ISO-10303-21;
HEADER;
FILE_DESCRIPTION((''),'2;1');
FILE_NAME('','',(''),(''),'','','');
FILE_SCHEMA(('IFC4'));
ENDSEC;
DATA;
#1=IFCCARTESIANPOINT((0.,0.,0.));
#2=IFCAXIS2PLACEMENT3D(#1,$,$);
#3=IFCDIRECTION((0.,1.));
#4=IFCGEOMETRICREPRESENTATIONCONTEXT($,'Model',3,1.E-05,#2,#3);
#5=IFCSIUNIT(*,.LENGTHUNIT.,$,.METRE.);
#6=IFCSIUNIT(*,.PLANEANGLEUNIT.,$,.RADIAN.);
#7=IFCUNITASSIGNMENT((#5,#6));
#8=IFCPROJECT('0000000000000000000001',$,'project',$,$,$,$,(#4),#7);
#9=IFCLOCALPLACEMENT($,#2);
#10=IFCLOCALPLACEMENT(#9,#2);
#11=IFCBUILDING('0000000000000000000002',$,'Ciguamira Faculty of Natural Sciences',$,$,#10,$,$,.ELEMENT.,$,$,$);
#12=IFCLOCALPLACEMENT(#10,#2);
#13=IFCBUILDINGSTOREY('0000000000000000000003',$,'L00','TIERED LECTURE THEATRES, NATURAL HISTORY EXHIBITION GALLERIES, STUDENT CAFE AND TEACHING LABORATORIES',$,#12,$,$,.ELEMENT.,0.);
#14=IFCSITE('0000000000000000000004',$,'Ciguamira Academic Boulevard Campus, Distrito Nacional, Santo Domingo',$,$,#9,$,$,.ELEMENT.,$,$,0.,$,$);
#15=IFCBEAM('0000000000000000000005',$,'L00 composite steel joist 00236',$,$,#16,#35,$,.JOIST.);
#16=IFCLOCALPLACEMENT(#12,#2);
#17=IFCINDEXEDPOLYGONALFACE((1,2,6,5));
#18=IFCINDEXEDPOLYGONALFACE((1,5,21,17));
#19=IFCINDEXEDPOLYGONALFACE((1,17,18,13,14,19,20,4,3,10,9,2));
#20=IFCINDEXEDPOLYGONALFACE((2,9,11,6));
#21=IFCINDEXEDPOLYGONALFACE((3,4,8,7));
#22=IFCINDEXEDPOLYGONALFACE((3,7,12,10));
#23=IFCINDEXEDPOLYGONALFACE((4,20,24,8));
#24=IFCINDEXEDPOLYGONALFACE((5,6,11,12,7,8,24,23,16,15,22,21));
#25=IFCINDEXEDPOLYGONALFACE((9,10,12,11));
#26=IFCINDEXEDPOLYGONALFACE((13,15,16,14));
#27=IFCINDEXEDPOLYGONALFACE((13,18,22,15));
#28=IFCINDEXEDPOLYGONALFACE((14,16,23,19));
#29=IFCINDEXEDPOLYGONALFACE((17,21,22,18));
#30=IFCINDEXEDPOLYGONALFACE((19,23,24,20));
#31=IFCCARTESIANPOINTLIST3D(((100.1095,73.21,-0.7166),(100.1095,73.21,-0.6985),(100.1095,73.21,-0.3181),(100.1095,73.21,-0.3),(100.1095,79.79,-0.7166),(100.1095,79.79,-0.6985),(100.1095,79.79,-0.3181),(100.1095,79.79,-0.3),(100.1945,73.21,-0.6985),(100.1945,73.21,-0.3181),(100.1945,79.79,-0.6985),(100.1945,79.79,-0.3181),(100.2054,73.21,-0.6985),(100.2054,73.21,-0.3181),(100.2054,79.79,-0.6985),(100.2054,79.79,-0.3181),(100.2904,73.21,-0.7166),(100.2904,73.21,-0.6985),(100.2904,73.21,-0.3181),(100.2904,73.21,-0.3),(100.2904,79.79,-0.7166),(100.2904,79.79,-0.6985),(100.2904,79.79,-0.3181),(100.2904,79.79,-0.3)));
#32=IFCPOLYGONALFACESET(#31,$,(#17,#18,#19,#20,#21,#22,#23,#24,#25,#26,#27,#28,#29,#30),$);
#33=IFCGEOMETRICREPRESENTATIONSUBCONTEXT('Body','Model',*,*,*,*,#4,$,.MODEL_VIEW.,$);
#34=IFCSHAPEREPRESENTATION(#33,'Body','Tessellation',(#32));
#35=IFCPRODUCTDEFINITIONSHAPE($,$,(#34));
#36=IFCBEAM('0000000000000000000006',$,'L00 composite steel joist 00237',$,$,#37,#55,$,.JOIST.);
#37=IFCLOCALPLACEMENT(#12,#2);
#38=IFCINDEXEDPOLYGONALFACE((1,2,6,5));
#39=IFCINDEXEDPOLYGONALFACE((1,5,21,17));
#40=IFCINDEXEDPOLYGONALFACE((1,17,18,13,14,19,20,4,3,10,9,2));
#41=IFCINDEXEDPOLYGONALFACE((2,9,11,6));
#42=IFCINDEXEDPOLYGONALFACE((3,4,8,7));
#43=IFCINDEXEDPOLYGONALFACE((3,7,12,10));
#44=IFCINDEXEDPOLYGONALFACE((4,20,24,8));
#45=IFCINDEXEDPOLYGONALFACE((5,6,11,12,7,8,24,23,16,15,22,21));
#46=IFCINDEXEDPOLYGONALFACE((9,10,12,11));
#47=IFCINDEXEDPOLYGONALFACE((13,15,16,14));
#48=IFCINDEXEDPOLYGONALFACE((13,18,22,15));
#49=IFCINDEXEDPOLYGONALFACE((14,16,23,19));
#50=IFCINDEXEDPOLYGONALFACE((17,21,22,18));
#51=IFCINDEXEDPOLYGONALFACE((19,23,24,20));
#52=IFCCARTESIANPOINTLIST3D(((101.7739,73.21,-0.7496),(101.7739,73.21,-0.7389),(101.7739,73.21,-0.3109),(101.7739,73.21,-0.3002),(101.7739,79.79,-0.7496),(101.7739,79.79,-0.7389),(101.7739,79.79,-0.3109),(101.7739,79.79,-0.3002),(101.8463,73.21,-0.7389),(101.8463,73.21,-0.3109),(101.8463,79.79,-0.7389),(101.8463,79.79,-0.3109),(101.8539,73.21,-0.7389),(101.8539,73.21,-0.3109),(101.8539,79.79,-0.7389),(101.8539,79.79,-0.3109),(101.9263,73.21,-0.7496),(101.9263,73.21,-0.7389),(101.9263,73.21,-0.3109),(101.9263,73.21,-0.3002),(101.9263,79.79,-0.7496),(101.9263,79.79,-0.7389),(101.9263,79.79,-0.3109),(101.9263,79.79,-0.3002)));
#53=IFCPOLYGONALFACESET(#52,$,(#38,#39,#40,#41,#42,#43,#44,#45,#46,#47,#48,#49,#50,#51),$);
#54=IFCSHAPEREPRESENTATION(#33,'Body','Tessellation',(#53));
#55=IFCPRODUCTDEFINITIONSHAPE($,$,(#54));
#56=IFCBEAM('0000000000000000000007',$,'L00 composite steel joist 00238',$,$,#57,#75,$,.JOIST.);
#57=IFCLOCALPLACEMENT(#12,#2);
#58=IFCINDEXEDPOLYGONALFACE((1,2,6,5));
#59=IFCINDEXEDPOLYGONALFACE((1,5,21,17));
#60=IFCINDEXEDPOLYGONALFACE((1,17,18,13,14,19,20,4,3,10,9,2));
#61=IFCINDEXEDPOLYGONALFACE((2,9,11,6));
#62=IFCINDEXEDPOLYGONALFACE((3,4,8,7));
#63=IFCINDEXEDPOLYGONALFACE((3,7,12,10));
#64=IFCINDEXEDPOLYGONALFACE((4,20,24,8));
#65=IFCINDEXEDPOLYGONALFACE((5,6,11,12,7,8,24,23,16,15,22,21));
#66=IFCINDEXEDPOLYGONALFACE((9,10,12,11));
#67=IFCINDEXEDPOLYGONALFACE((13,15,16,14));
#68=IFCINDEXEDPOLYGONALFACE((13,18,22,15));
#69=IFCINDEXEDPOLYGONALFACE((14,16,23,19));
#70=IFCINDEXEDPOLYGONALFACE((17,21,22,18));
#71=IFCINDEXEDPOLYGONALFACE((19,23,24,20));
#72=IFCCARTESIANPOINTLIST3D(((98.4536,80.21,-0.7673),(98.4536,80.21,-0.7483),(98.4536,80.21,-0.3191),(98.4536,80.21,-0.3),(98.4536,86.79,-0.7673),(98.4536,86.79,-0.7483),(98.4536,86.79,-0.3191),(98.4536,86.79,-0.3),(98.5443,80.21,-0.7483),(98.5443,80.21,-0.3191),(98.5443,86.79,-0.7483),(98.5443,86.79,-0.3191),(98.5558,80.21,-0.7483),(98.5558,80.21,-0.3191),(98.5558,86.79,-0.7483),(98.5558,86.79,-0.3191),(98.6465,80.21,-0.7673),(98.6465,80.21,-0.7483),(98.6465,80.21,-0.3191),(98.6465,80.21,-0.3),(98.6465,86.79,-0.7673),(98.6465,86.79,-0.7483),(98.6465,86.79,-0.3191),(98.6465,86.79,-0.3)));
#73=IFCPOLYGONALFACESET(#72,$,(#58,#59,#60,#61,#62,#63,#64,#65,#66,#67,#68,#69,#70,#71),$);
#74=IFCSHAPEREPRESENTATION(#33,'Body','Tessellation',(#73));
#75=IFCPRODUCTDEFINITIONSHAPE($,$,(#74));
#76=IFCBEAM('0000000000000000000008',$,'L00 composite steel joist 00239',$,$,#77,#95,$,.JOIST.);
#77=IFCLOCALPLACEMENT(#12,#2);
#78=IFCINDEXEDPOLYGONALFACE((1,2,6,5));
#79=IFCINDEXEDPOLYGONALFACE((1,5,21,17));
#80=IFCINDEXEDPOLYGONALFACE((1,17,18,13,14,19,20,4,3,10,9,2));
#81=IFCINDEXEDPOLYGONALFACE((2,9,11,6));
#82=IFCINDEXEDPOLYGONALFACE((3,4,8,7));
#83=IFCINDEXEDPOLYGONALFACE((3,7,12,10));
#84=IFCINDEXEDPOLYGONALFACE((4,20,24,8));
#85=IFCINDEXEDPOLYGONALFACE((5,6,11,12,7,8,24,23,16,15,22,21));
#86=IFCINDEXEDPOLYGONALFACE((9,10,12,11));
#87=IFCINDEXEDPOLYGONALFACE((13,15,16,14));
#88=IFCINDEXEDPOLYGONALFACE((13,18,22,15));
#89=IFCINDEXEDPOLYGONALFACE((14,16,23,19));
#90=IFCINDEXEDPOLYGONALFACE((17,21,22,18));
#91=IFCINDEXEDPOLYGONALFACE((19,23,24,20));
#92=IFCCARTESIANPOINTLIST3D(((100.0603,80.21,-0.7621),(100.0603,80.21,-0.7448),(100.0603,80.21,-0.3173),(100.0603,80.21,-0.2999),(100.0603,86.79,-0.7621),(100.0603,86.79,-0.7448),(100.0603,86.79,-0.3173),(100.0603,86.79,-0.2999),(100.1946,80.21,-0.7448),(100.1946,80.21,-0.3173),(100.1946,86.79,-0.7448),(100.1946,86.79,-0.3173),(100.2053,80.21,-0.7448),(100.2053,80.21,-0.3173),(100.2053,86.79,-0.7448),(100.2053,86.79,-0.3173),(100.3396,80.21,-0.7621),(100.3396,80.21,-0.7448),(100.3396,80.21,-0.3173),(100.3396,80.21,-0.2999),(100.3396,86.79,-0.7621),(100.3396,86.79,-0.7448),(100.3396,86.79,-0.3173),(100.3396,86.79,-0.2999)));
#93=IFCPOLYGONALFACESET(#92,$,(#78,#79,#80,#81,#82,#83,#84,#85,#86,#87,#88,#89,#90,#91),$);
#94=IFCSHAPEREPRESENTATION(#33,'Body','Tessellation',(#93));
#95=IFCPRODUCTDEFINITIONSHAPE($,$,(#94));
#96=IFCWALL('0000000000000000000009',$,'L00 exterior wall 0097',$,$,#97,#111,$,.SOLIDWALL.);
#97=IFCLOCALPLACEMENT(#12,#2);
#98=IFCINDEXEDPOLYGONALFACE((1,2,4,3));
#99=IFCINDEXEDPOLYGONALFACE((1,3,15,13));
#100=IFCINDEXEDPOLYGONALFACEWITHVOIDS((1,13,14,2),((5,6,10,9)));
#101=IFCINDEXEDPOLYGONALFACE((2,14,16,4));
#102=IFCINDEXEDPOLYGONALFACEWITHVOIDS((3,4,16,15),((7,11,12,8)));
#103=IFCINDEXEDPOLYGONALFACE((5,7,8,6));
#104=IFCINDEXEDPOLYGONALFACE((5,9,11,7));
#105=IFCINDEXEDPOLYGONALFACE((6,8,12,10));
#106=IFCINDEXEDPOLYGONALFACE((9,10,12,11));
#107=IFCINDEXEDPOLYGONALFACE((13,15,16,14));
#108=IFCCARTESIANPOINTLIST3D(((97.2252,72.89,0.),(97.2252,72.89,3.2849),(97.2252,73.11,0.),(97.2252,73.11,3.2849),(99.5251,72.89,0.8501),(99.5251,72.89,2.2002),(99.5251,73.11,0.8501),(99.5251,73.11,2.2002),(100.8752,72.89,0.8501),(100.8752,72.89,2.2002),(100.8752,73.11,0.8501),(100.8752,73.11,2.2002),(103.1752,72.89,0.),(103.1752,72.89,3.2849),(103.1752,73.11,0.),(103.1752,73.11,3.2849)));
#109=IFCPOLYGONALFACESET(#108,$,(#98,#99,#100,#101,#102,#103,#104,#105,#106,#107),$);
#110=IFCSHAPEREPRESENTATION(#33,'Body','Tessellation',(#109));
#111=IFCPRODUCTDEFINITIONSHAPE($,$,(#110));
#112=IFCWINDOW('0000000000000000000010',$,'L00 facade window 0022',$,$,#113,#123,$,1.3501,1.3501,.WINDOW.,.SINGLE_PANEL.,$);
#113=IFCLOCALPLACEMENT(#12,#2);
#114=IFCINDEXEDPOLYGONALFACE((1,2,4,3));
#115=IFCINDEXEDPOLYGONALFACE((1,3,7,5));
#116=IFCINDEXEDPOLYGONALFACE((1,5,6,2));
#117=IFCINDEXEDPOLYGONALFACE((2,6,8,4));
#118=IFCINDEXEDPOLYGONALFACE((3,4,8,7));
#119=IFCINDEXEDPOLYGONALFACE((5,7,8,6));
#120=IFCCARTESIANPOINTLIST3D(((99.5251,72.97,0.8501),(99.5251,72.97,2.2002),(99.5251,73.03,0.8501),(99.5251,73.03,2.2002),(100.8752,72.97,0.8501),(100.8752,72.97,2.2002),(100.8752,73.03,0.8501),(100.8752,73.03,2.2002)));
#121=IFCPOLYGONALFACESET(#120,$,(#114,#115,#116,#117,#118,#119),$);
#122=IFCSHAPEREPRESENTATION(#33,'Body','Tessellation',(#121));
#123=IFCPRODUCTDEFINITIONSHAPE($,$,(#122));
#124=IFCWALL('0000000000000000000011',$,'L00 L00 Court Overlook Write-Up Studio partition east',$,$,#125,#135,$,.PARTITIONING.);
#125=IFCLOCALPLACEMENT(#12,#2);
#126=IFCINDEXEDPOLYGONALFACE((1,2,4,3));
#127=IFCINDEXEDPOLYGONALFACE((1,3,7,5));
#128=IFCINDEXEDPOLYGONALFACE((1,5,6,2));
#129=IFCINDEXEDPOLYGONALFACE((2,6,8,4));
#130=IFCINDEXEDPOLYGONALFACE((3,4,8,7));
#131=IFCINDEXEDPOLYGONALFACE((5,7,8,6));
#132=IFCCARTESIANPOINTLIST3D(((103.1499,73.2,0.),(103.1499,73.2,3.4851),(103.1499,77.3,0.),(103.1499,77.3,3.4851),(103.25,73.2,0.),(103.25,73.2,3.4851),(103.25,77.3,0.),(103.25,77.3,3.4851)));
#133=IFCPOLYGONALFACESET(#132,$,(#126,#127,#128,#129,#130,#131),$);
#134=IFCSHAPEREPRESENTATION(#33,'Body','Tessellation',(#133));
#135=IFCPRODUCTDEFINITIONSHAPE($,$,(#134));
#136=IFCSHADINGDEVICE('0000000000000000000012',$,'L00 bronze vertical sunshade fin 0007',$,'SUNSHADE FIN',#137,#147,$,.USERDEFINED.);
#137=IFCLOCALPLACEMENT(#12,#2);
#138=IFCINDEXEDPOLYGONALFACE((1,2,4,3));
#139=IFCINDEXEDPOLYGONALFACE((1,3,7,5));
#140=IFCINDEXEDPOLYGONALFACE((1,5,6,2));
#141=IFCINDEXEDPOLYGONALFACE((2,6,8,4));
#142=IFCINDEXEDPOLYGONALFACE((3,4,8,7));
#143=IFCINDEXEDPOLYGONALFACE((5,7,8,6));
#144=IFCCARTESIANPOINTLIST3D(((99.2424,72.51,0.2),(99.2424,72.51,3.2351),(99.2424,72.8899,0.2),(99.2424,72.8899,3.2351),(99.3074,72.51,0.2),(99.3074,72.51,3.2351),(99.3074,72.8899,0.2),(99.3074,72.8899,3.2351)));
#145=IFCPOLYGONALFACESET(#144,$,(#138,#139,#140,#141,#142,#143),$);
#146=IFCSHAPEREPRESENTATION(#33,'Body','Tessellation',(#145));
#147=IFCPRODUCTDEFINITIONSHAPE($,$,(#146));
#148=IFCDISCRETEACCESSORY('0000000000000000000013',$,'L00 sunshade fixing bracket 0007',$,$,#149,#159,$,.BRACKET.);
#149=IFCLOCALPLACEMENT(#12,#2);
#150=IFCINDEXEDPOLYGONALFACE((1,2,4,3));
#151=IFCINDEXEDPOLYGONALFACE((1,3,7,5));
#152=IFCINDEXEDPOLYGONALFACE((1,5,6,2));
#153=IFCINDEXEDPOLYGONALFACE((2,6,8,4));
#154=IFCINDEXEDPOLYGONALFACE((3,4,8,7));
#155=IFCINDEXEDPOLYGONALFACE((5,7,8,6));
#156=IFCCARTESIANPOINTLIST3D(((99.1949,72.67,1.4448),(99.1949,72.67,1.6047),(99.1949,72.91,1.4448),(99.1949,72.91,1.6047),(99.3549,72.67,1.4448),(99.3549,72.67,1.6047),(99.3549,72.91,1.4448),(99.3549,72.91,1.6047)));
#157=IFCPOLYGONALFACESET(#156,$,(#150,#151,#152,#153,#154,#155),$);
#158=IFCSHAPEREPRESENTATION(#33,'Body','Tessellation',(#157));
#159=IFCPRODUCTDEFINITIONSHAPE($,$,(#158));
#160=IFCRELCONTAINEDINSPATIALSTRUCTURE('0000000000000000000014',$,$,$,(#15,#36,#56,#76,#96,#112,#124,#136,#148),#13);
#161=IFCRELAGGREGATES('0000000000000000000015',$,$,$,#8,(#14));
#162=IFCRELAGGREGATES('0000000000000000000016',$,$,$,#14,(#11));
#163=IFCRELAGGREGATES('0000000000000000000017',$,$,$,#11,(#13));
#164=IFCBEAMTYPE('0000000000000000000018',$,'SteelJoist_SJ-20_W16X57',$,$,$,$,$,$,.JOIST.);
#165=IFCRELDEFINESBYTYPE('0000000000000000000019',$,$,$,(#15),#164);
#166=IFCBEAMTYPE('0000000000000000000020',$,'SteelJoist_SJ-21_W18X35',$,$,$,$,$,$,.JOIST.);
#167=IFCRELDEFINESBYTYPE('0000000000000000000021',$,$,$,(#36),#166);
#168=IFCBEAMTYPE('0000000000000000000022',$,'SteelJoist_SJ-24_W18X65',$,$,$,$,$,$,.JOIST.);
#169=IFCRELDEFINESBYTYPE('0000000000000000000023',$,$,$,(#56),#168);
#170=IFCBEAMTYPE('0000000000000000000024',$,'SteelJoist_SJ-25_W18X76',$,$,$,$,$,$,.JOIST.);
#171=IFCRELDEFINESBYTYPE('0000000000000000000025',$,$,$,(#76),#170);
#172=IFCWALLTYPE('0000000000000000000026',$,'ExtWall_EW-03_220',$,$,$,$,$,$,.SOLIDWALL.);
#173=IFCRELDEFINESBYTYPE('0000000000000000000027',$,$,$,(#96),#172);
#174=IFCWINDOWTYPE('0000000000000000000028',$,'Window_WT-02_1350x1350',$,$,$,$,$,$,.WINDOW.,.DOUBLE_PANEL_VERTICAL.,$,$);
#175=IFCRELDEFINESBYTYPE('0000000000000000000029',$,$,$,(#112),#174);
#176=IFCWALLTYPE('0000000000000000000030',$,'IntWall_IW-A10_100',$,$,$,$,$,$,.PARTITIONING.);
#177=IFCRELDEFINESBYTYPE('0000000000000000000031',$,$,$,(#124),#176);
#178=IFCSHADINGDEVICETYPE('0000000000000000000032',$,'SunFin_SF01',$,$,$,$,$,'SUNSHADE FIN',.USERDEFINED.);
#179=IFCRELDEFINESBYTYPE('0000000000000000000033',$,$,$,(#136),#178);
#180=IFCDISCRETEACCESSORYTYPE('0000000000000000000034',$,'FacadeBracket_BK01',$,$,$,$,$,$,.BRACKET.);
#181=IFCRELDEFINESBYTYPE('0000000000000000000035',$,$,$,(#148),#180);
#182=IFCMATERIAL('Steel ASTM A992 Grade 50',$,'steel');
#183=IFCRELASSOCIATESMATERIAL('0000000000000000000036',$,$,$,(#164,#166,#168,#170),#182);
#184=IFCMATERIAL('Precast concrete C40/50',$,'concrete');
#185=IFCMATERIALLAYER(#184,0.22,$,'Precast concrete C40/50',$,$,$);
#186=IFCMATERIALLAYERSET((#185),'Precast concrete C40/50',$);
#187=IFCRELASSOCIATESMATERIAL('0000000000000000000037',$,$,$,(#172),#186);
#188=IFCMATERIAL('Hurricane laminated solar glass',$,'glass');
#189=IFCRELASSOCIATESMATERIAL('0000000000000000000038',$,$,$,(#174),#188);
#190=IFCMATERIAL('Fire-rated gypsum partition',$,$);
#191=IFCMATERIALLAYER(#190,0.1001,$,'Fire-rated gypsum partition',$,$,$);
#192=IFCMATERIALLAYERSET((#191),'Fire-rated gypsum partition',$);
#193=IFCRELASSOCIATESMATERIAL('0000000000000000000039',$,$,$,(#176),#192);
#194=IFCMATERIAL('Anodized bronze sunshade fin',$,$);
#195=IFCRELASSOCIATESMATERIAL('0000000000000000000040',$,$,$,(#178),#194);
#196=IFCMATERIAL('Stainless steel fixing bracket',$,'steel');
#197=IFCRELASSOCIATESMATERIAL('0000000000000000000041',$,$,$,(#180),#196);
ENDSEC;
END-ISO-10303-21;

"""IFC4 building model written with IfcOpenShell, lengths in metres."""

from ifc_helpers import new_model, si_unit, direction, frame, frame_2d, origin, origin_2d, place, context, subcontext, project, spatial, rectangle, i_section, extrude, material, layer, layer_set, material_profile, profile_set, type_object, element, fill, save


model = new_model("IFC4")

# Units and contexts
model_context = context("Model", 3, precision=1e-05, world=origin(), true_north=direction((0.0, 1.0)))
body_context = subcontext(model_context, "Body", "Model", "MODEL_VIEW")
ifc_project = project(units=[si_unit("LENGTHUNIT", "METRE"), si_unit("PLANEANGLEUNIT", "RADIAN")], contexts=[model_context])

# Site, building, storey
site_placement = place(None, origin())
site = spatial("IfcSite", under=ifc_project, at=site_placement, Name="Ciguamira Academic Boulevard Campus, Distrito Nacional, Santo Domingo", CompositionType="ELEMENT", RefElevation=0.0)
building_placement = place(site_placement, origin())
building = spatial("IfcBuilding", under=site, at=building_placement, Name="Ciguamira Faculty of Natural Sciences", CompositionType="ELEMENT")
storey_placement = place(building_placement, origin())
storey = spatial("IfcBuildingStorey", under=building, at=storey_placement, Name="L00", Description="TIERED LECTURE THEATRES, NATURAL HISTORY EXHIBITION GALLERIES, STUDENT CAFE AND TEACHING LABORATORIES", CompositionType="ELEMENT", Elevation=0.0)

# Beams
ifc_material_1 = material(Name="Steel ASTM A992 Grade 50", Category="steel")
ifc_material_profile_1 = material_profile(ifc_material_1, i_section(OverallWidth=0.1809, OverallDepth=0.4165, WebThickness=0.011, FlangeThickness=0.0181, at=origin_2d()), Name="W16X57")
ifc_profile_set_1 = profile_set([ifc_material_profile_1], Name="Steel ASTM A992 Grade 50")
beam_type_1 = type_object("IfcBeamType", Name="SteelJoist_SJ-20_W16X57", PredefinedType="JOIST", material=ifc_profile_set_1)
beam_1_placement = place(storey_placement, frame((100.2, 73.21, -0.5083), z_axis=(0.0, 1.0, 0.0), x_axis=(-1.0, 0.0, 0.0)))
element("IfcBeam", 1, at=beam_1_placement, inside=storey, type_object=beam_type_1, Name="L00 composite steel joist 00236", PredefinedType="JOIST", context=body_context, shape_type="SweptSolid", body=[
    extrude(i_section(OverallWidth=0.1809, OverallDepth=0.4165, WebThickness=0.011, FlangeThickness=0.0181, at=origin_2d()), origin(), (0.0, 0.0, 1.0), 6.5801),
])
ifc_material_profile_2 = material_profile(ifc_material_1, i_section(OverallWidth=0.1523, OverallDepth=0.4495, WebThickness=0.0076, FlangeThickness=0.0107, at=origin_2d()), Name="W18X35")
ifc_profile_set_2 = profile_set([ifc_material_profile_2], Name="Steel ASTM A992 Grade 50")
beam_type_2 = type_object("IfcBeamType", Name="SteelJoist_SJ-21_W18X35", PredefinedType="JOIST", material=ifc_profile_set_2)
beam_2_placement = place(storey_placement, frame((101.8501, 73.21, -0.5249), z_axis=(0.0, 1.0, 0.0), x_axis=(-1.0, 0.0, 0.0)))
element("IfcBeam", 2, at=beam_2_placement, inside=storey, type_object=beam_type_2, Name="L00 composite steel joist 00237", PredefinedType="JOIST", context=body_context, shape_type="SweptSolid", body=[
    extrude(i_section(OverallWidth=0.1523, OverallDepth=0.4495, WebThickness=0.0076, FlangeThickness=0.0107, at=origin_2d()), origin(), (0.0, 0.0, 1.0), 6.5801),
])
ifc_material_profile_3 = material_profile(ifc_material_1, i_section(OverallWidth=0.1929, OverallDepth=0.4673, WebThickness=0.0115, FlangeThickness=0.019, at=origin_2d()), Name="W18X65")
ifc_profile_set_3 = profile_set([ifc_material_profile_3], Name="Steel ASTM A992 Grade 50")
beam_type_3 = type_object("IfcBeamType", Name="SteelJoist_SJ-24_W18X65", PredefinedType="JOIST", material=ifc_profile_set_3)
beam_3_placement = place(storey_placement, frame((98.55, 80.21, -0.5337), z_axis=(0.0, 1.0, 0.0), x_axis=(-1.0, 0.0, 0.0)))
element("IfcBeam", 3, at=beam_3_placement, inside=storey, type_object=beam_type_3, Name="L00 composite steel joist 00238", PredefinedType="JOIST", context=body_context, shape_type="SweptSolid", body=[
    extrude(i_section(OverallWidth=0.1929, OverallDepth=0.4673, WebThickness=0.0115, FlangeThickness=0.019, at=origin_2d()), origin(), (0.0, 0.0, 1.0), 6.5801),
])
ifc_material_profile_4 = material_profile(ifc_material_1, i_section(OverallWidth=0.2793, OverallDepth=0.4622, WebThickness=0.0107, FlangeThickness=0.0173, at=origin_2d()), Name="W18X76")
ifc_profile_set_4 = profile_set([ifc_material_profile_4], Name="Steel ASTM A992 Grade 50")
beam_type_4 = type_object("IfcBeamType", Name="SteelJoist_SJ-25_W18X76", PredefinedType="JOIST", material=ifc_profile_set_4)
beam_4_placement = place(storey_placement, frame((100.2, 80.21, -0.531), z_axis=(0.0, 1.0, 0.0), x_axis=(-1.0, 0.0, 0.0)))
element("IfcBeam", 4, at=beam_4_placement, inside=storey, type_object=beam_type_4, Name="L00 composite steel joist 00239", PredefinedType="JOIST", context=body_context, shape_type="SweptSolid", body=[
    extrude(i_section(OverallWidth=0.2793, OverallDepth=0.4622, WebThickness=0.0107, FlangeThickness=0.0173, at=origin_2d()), origin(), (0.0, 0.0, 1.0), 6.5801),
])

# Wall, opening, window
ifc_material_2 = material(Name="Precast concrete C40/50", Category="concrete")
ifc_layer_1 = layer(ifc_material_2, 0.22, Name="Precast concrete C40/50")
ifc_layer_set_1 = layer_set([ifc_layer_1], Name="Precast concrete C40/50")
wall_type_1 = type_object("IfcWallType", Name="ExtWall_EW-03_220", PredefinedType="SOLIDWALL", material=ifc_layer_set_1)
wall_1_placement = place(storey_placement, frame((97.2251, 73.0, 0.0), z_axis=(0.0, 0.0, 1.0), x_axis=(1.0, 0.0, 0.0)))
wall_1 = element("IfcWall", 5, at=wall_1_placement, inside=storey, type_object=wall_type_1, Name="L00 exterior wall 0097", PredefinedType="SOLIDWALL", context=body_context, shape_type="SweptSolid", body=[
    extrude(rectangle(XDim=5.95, YDim=0.22, at=frame_2d((2.9751, 0.0))), origin(), (0.0, 0.0, 1.0), 3.2849),
])
opening_placement = place(wall_1_placement, frame((2.3, 0.0, 0.8501)))
opening = element("IfcOpeningElement", 6, at=opening_placement, cuts=wall_1, PredefinedType="OPENING", context=body_context, shape_type="SweptSolid", body=[
    extrude(rectangle(XDim=1.3501, YDim=1.3501, at=frame_2d((0.675, 0.675))), frame((0.0, 0.1199, 0.0), z_axis=(0.0, -1.0, 0.0), x_axis=(1.0, 0.0, 0.0)), (0.0, 0.0, 1.0), 0.24),
])
ifc_material_3 = material(Name="Hurricane laminated solar glass", Category="glass")
window_type = type_object("IfcWindowType", Name="Window_WT-02_1350x1350", PartitioningType="DOUBLE_PANEL_VERTICAL", PredefinedType="WINDOW", material=ifc_material_3)
window_placement = place(opening_placement, origin())
window = element("IfcWindow", 7, at=window_placement, inside=storey, type_object=window_type, Name="L00 facade window 0022", OverallHeight=1.3501, OverallWidth=1.3501, PartitioningType="SINGLE_PANEL", PredefinedType="WINDOW", context=body_context, shape_type="SweptSolid", body=[
    extrude(rectangle(XDim=1.3501, YDim=1.3501, at=frame_2d((0.675, 0.675))), frame((0.0, 0.03, 0.0), z_axis=(0.0, -1.0, 0.0), x_axis=(1.0, 0.0, 0.0)), (0.0, 0.0, 1.0), 0.0601),
])
fill(opening, window)

# Wall
ifc_material_4 = material(Name="Fire-rated gypsum partition")
ifc_layer_2 = layer(ifc_material_4, 0.1001, Name="Fire-rated gypsum partition")
ifc_layer_set_2 = layer_set([ifc_layer_2], Name="Fire-rated gypsum partition")
wall_type_2 = type_object("IfcWallType", Name="IntWall_IW-A10_100", PredefinedType="PARTITIONING", material=ifc_layer_set_2)
wall_2_placement = place(storey_placement, frame((103.2, 73.2, 0.0), z_axis=(0.0, 0.0, 1.0), x_axis=(0.0, 1.0, 0.0)))
element("IfcWall", 8, at=wall_2_placement, inside=storey, type_object=wall_type_2, Name="L00 L00 Court Overlook Write-Up Studio partition east", PredefinedType="PARTITIONING", context=body_context, shape_type="SweptSolid", body=[
    extrude(rectangle(XDim=4.1001, YDim=0.1001, at=frame_2d((2.05, 0.0))), origin(), (0.0, 0.0, 1.0), 3.4851),
])

# Shading device
ifc_material_5 = material(Name="Anodized bronze sunshade fin")
ifc_material_profile_5 = material_profile(ifc_material_5, rectangle(XDim=0.0649, YDim=0.3799, at=origin_2d()), Name="BRZ-FIN-65X380")
ifc_profile_set_5 = profile_set([ifc_material_profile_5], Name="Anodized bronze sunshade fin")
shading_device_type = type_object("IfcShadingDeviceType", Name="SunFin_SF01", ElementType="SUNSHADE FIN", PredefinedType="USERDEFINED", material=ifc_profile_set_5)
shading_device_placement = place(storey_placement, frame((99.2749, 72.7, 0.2), z_axis=(0.0, 0.0, 1.0), x_axis=(1.0, 0.0, 0.0)))
element("IfcShadingDevice", 9, at=shading_device_placement, inside=storey, type_object=shading_device_type, Name="L00 bronze vertical sunshade fin 0007", ObjectType="SUNSHADE FIN", PredefinedType="USERDEFINED", context=body_context, shape_type="SweptSolid", body=[
    extrude(rectangle(XDim=0.0649, YDim=0.3799, at=origin_2d()), origin(), (0.0, 0.0, 1.0), 3.0352),
])

# Discrete accessory
ifc_material_6 = material(Name="Stainless steel fixing bracket", Category="steel")
discrete_accessory_type = type_object("IfcDiscreteAccessoryType", Name="FacadeBracket_BK01", PredefinedType="BRACKET", material=ifc_material_6)
discrete_accessory_placement = place(storey_placement, frame((99.2749, 72.79, 1.4448), z_axis=(0.0, 0.0, 1.0), x_axis=(1.0, 0.0, 0.0)))
element("IfcDiscreteAccessory", 10, at=discrete_accessory_placement, inside=storey, type_object=discrete_accessory_type, Name="L00 sunshade fixing bracket 0007", PredefinedType="BRACKET", context=body_context, shape_type="SweptSolid", body=[
    extrude(rectangle(XDim=0.1599, YDim=0.24, at=origin_2d()), origin(), (0.0, 0.0, 1.0), 0.1599),
])

save(model, "model.ifc")
